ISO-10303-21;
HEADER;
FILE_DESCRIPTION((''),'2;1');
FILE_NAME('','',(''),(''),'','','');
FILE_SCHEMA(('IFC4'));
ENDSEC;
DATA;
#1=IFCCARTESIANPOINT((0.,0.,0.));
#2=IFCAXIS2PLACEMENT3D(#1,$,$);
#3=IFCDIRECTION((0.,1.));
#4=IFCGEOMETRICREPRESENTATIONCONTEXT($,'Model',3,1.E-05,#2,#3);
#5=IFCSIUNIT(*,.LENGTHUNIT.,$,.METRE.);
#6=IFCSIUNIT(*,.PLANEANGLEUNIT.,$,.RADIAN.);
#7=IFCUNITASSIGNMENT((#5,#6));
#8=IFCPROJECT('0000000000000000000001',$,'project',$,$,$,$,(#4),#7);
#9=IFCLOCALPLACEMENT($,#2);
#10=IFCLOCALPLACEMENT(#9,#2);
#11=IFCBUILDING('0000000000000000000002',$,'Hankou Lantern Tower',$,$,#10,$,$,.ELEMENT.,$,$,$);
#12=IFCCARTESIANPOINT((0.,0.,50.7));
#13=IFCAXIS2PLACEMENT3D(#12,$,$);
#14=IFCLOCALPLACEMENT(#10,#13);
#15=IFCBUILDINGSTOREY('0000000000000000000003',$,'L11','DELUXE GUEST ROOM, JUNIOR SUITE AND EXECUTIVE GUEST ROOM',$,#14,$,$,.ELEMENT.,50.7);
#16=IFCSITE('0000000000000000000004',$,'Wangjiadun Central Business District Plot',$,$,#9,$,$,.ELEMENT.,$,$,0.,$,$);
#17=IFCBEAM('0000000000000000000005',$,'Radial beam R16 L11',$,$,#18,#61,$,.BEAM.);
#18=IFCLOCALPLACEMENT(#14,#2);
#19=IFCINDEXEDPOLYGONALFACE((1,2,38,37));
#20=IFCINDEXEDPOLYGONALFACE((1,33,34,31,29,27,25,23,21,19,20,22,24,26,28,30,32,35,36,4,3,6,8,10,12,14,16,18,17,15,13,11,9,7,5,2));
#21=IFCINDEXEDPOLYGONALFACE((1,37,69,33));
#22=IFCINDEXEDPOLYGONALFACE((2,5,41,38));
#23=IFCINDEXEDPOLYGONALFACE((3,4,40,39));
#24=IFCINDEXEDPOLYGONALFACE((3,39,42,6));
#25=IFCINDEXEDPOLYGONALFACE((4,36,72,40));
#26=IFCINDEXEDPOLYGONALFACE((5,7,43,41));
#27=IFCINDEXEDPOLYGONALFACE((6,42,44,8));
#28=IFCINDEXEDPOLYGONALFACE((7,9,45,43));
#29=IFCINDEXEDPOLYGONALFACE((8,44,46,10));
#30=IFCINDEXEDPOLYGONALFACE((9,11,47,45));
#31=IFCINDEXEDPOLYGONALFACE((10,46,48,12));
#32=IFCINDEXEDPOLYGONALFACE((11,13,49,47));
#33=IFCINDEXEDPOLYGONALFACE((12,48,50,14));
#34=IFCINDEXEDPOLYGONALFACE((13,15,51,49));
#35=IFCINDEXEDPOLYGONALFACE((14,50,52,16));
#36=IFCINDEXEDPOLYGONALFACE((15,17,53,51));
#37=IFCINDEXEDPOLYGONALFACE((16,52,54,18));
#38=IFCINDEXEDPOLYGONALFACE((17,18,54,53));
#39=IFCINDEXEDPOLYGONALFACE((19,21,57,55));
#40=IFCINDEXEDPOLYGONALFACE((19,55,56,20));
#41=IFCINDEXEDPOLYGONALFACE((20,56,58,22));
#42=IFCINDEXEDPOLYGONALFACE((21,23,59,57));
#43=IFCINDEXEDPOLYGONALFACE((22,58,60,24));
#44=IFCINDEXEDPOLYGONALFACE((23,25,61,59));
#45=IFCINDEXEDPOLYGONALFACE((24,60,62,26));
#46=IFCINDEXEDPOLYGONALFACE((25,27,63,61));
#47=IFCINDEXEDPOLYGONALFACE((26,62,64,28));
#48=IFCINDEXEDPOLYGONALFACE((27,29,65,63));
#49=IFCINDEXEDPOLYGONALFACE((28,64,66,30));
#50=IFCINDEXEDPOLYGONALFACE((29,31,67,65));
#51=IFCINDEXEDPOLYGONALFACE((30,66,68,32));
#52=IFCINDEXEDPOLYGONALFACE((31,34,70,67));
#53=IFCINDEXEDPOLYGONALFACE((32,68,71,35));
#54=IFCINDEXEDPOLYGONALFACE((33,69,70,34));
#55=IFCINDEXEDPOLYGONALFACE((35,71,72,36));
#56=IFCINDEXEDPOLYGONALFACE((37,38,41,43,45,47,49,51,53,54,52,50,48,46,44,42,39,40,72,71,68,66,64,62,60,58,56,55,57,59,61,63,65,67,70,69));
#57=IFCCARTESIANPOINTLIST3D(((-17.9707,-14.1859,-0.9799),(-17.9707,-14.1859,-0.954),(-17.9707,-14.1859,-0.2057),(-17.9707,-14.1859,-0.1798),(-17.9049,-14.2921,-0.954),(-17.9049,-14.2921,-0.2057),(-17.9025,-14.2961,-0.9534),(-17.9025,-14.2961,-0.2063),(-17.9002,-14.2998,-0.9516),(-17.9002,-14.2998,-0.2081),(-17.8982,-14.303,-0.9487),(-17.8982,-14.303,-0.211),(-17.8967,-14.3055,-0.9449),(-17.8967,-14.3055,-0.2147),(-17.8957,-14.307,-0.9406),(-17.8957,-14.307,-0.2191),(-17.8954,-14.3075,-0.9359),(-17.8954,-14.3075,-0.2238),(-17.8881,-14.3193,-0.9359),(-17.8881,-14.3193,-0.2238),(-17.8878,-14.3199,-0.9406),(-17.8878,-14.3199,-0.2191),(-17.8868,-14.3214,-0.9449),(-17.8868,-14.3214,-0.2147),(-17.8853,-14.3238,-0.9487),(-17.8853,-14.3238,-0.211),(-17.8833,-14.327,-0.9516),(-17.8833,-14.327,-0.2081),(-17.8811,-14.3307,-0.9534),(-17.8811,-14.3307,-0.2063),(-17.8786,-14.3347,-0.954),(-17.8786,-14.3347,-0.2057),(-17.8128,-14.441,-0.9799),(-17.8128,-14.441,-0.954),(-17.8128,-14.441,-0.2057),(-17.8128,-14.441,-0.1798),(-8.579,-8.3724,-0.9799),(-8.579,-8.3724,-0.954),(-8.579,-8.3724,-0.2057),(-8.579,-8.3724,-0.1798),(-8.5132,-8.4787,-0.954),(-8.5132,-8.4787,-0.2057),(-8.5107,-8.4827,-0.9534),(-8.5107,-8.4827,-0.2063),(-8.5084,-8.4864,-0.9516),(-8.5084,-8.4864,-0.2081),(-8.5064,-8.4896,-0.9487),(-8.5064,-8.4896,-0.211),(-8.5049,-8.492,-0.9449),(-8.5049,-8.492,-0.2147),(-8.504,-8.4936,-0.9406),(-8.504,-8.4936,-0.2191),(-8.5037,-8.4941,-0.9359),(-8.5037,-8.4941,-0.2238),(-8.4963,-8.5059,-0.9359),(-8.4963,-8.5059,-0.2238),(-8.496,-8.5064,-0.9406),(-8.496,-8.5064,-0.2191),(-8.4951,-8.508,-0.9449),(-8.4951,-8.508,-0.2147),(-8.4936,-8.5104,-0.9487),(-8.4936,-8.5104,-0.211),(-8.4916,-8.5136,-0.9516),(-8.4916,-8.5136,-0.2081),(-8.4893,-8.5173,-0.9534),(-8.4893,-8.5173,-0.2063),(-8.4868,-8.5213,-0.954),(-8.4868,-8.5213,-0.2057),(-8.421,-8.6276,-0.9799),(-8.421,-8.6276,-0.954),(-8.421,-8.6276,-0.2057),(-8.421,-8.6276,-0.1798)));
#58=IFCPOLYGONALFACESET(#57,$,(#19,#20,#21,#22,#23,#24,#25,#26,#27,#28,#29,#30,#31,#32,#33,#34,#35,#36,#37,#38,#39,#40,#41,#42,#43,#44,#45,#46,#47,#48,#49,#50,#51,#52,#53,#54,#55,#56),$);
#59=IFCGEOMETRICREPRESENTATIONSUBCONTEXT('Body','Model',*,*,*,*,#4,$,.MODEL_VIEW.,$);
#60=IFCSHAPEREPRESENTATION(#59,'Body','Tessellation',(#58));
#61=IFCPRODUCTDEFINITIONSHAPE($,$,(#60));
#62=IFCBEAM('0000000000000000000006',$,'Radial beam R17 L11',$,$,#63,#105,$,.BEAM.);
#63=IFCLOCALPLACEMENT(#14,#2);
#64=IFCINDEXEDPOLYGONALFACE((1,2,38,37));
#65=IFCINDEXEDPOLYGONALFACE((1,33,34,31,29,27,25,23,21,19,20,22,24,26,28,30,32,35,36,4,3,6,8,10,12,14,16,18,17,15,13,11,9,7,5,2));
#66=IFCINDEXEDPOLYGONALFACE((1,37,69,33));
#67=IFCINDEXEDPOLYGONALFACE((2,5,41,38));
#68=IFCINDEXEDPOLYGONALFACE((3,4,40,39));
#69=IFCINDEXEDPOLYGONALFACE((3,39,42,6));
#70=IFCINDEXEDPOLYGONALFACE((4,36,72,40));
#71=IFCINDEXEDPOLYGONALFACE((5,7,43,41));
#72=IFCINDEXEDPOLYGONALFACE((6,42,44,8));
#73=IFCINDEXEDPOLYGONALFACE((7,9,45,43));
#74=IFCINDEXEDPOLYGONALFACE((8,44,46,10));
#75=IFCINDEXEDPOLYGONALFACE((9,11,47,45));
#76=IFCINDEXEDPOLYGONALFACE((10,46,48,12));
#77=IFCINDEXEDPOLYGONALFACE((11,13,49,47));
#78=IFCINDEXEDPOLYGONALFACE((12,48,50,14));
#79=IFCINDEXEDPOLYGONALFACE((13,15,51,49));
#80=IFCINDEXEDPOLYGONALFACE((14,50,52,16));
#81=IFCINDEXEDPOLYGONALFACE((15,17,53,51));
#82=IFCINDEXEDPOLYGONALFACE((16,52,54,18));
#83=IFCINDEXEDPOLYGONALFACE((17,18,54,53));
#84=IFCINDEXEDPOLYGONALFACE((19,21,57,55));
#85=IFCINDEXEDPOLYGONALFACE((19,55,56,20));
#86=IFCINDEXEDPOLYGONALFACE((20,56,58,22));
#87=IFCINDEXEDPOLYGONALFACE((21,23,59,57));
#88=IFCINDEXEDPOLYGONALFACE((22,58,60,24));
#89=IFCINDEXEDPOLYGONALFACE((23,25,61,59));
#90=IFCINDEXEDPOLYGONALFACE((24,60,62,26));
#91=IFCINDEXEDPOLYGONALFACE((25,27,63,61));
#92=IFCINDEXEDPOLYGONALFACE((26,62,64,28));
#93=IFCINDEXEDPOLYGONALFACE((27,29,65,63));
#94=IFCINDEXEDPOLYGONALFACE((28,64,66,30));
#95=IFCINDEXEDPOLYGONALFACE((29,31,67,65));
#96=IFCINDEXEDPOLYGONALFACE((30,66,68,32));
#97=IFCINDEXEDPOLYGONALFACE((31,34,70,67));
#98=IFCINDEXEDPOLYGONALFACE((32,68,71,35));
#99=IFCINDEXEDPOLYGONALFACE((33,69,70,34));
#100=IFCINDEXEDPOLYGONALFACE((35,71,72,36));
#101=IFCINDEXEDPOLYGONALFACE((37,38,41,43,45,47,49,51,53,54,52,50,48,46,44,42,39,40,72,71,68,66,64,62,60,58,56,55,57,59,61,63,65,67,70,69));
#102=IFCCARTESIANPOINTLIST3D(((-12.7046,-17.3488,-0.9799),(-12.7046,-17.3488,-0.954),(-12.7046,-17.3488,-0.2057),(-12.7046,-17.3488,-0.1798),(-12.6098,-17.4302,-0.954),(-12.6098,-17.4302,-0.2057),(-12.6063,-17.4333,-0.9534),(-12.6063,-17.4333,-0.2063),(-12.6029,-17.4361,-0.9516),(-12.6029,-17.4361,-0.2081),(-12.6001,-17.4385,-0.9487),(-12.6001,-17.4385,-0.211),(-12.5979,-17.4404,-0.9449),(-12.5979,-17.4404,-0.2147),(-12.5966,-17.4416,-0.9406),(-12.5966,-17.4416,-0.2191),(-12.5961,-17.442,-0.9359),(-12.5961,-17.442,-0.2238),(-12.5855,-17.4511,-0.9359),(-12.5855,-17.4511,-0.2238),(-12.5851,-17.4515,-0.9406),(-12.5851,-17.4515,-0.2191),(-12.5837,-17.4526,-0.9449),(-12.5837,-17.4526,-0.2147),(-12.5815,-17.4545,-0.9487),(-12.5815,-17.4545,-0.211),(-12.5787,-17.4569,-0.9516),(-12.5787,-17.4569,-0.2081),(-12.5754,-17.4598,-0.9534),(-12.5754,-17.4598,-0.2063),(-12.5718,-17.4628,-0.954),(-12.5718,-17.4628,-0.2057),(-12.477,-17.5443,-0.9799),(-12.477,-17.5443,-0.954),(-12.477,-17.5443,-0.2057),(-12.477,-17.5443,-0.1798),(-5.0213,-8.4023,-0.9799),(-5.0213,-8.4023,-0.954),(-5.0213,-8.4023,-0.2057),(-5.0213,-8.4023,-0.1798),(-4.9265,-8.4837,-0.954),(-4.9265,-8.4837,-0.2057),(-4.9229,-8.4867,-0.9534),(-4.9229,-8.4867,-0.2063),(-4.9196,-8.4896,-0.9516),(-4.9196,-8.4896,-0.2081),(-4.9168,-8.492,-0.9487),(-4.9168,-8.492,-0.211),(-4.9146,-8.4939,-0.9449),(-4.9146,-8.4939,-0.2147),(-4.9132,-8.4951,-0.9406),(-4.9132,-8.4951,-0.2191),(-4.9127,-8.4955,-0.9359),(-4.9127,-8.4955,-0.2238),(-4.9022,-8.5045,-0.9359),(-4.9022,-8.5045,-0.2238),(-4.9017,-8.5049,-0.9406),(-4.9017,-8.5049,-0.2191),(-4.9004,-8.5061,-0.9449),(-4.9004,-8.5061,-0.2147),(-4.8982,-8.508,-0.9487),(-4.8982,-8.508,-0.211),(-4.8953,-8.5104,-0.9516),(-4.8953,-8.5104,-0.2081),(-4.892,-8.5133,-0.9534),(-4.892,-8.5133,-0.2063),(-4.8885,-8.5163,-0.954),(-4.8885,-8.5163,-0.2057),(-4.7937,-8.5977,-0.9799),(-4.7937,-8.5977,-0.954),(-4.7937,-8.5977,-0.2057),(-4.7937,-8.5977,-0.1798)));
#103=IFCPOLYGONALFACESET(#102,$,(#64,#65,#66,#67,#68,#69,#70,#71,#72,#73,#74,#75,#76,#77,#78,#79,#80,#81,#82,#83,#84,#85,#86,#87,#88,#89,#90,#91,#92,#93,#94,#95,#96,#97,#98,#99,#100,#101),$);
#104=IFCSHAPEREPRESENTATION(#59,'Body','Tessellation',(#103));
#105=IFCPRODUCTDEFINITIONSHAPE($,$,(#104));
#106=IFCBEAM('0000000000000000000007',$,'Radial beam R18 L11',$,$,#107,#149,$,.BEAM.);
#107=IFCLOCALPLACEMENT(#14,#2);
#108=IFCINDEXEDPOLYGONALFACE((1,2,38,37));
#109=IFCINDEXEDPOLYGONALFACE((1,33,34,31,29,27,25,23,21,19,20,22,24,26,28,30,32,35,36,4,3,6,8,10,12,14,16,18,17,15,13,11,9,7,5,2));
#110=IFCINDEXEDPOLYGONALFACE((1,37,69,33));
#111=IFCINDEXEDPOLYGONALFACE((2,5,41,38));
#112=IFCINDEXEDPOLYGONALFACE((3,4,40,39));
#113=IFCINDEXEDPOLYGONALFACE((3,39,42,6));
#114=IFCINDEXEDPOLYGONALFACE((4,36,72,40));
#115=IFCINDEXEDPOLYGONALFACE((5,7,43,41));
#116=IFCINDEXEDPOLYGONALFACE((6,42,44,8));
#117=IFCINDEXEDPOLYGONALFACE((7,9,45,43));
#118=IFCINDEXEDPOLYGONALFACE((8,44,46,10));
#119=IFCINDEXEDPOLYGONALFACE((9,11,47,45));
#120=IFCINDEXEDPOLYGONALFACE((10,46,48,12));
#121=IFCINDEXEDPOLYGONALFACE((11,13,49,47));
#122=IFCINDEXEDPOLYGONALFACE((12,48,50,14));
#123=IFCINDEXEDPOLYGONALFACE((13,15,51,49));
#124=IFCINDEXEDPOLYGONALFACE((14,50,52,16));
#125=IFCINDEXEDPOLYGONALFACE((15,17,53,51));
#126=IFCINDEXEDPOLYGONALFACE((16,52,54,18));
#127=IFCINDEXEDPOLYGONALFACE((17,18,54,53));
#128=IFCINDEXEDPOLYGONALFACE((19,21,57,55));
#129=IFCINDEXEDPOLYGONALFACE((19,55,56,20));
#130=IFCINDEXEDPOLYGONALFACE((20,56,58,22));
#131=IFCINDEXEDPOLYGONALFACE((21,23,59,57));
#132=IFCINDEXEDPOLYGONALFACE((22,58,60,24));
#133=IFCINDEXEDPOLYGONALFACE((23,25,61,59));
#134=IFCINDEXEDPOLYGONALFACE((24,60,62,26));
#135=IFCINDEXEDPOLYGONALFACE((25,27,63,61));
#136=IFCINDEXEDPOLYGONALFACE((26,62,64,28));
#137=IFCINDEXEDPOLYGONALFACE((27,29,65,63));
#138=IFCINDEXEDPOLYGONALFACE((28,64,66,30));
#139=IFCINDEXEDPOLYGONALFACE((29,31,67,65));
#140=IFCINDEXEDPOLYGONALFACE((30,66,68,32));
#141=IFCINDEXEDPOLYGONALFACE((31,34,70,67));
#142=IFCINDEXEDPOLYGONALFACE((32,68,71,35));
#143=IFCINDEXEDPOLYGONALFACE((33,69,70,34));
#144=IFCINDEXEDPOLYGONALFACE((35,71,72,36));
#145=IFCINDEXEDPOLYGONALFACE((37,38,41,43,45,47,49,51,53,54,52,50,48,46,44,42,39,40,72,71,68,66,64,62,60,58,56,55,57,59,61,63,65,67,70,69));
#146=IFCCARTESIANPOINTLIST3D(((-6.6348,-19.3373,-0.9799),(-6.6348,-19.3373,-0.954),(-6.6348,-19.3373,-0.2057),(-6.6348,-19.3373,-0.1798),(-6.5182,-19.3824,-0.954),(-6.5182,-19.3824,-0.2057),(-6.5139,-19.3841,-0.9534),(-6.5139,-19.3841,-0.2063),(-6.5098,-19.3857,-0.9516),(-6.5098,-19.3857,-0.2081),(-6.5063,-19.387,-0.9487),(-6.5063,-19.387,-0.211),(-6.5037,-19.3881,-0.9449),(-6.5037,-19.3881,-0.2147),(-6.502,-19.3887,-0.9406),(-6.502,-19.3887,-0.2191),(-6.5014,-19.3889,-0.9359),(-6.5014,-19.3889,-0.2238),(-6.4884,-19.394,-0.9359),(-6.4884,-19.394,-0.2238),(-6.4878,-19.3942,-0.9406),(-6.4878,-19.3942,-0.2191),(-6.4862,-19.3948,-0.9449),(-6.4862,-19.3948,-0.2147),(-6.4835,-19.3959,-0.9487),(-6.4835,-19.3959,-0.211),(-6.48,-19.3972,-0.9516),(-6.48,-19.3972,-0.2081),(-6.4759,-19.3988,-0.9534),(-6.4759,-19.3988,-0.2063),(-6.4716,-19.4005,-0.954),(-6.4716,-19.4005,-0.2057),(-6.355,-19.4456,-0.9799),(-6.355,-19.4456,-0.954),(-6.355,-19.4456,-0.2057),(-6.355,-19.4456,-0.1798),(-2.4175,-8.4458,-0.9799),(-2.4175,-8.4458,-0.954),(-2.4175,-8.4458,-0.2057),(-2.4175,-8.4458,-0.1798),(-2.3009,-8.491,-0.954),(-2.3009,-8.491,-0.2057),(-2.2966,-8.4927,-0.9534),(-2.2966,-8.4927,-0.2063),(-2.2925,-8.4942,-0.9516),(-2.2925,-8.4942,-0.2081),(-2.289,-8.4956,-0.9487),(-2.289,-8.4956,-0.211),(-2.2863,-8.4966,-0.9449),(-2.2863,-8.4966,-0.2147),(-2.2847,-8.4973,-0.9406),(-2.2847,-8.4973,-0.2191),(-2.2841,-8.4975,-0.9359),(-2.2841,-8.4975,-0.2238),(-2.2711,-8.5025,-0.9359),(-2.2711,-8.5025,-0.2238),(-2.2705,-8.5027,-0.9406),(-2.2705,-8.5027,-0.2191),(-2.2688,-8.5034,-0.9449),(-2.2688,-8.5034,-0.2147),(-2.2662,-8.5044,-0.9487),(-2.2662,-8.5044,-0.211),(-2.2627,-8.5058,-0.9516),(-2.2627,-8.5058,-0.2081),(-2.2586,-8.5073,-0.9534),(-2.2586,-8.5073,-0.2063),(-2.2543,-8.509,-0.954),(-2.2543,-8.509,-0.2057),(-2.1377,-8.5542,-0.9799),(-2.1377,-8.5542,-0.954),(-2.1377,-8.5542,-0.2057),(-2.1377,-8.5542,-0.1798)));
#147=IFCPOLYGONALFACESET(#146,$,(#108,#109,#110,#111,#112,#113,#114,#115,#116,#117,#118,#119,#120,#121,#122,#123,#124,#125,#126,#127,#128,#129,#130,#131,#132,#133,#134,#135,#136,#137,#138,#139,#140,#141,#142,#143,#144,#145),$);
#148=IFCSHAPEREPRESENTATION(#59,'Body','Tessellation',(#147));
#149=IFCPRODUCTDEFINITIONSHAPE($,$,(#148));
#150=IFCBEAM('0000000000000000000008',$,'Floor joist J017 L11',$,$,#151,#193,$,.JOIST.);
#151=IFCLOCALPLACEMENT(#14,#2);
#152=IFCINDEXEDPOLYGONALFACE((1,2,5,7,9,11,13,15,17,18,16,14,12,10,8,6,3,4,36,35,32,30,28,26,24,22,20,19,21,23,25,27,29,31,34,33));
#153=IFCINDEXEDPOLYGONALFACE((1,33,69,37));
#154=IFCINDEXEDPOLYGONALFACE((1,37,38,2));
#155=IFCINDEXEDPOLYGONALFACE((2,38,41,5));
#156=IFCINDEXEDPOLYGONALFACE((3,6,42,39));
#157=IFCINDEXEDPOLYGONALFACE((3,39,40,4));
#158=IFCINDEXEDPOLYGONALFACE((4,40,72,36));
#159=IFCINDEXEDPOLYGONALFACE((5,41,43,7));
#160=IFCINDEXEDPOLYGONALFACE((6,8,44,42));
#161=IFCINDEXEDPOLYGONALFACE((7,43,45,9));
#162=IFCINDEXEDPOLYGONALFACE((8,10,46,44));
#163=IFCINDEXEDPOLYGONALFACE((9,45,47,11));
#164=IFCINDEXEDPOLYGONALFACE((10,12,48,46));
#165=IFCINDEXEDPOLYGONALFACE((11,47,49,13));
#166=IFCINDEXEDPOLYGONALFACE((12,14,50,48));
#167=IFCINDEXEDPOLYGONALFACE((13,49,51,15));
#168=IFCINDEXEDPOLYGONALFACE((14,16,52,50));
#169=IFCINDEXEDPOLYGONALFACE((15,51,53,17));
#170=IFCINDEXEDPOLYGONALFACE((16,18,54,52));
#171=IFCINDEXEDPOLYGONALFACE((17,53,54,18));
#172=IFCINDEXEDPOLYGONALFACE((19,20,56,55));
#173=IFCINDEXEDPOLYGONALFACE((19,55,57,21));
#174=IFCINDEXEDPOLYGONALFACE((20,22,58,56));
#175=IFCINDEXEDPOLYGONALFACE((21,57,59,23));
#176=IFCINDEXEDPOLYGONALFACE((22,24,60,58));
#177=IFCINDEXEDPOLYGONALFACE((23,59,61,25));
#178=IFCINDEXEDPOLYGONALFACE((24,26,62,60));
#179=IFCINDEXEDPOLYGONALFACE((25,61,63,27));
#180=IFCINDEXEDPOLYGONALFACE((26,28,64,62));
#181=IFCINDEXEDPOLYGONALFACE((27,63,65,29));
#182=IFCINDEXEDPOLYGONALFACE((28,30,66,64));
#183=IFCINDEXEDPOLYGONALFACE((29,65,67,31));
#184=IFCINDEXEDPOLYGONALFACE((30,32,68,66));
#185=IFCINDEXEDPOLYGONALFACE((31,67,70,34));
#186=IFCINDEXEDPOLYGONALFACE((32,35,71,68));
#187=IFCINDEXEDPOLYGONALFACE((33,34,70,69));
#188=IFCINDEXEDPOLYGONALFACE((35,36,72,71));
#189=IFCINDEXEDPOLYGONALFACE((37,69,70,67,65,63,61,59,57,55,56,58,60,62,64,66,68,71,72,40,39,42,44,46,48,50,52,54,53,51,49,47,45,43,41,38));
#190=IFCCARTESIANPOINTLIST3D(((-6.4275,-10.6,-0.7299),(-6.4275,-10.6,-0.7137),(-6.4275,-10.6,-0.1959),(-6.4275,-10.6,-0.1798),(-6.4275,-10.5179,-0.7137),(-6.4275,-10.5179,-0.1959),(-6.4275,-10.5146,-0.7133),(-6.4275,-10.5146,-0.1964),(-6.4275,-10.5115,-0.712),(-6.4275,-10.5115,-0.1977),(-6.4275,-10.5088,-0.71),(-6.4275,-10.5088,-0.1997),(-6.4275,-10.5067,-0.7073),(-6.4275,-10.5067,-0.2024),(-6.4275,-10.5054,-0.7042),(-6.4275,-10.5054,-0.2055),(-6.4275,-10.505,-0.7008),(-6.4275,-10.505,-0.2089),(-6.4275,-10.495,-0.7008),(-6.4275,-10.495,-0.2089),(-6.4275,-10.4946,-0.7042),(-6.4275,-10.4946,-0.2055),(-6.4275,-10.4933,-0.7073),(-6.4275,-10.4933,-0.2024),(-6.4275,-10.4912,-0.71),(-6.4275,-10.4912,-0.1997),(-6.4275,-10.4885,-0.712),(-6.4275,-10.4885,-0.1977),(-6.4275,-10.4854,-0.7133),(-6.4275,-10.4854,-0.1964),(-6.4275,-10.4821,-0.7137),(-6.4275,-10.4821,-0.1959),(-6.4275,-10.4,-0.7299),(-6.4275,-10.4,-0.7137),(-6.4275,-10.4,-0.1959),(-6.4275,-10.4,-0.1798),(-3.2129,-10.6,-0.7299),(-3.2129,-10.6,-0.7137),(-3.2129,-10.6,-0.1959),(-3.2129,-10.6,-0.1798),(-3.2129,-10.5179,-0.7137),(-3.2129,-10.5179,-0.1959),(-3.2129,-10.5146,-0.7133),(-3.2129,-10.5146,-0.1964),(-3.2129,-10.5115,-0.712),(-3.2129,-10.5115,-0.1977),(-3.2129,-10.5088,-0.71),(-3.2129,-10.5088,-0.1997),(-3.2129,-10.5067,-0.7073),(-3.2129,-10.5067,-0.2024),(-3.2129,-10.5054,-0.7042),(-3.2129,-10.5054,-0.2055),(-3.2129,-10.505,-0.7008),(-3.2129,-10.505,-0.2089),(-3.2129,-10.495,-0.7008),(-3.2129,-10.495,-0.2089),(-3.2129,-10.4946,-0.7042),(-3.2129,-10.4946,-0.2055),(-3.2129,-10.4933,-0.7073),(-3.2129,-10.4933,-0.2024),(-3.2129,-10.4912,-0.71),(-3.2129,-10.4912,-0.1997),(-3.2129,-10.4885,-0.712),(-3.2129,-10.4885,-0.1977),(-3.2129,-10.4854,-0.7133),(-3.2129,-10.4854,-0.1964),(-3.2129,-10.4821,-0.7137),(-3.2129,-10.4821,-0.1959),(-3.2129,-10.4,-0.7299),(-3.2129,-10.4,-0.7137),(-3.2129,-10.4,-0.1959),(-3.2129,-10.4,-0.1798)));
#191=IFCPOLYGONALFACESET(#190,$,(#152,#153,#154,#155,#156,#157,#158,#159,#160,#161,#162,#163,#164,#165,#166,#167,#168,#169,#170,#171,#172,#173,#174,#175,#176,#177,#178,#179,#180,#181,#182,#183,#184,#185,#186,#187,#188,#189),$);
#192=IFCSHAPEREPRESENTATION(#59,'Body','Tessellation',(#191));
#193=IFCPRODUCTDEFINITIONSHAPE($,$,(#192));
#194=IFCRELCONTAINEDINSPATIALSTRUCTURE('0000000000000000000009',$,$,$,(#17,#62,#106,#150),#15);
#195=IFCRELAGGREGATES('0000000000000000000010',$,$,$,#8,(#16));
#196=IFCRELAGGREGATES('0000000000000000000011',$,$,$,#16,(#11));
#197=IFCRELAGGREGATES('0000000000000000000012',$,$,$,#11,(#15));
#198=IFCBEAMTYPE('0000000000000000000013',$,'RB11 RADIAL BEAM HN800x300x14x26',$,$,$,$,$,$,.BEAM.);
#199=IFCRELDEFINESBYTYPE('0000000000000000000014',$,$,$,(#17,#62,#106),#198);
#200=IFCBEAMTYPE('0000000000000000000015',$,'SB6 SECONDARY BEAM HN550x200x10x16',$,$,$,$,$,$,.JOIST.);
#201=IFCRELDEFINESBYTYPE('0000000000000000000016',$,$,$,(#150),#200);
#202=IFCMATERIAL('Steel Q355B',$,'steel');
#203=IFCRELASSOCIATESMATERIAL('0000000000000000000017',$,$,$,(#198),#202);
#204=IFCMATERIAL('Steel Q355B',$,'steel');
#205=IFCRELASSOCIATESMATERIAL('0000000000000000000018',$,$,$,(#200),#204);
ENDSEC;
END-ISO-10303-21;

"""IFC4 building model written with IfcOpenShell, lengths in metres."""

from ifc_helpers import new_model, si_unit, direction, frame, origin, origin_2d, place, context, subcontext, project, spatial, i_section, extrude, material, material_profile, profile_set, type_object, element, save


model = new_model("IFC4")

# Units and contexts
model_context = context("Model", 3, precision=1e-05, world=origin(), true_north=direction((0.0, 1.0)))
body_context = subcontext(model_context, "Body", "Model", "MODEL_VIEW")
ifc_project = project(units=[si_unit("LENGTHUNIT", "METRE"), si_unit("PLANEANGLEUNIT", "RADIAN")], contexts=[model_context])

# Site, building, storey
site_placement = place(None, origin())
site = spatial("IfcSite", under=ifc_project, at=site_placement, Name="Wangjiadun Central Business District Plot", CompositionType="ELEMENT", RefElevation=0.0)
building_placement = place(site_placement, origin())
building = spatial("IfcBuilding", under=site, at=building_placement, Name="Hankou Lantern Tower", CompositionType="ELEMENT")
storey_placement = place(building_placement, frame((0.0, 0.0, 50.7)))
storey = spatial("IfcBuildingStorey", under=building, at=storey_placement, Name="L11", Description="DELUXE GUEST ROOM, JUNIOR SUITE AND EXECUTIVE GUEST ROOM", CompositionType="ELEMENT", Elevation=50.7)

# Beams
ifc_material_1 = material(Name="Steel Q355B", Category="steel")
ifc_material_profile_1 = material_profile(ifc_material_1, i_section(OverallWidth=0.3, OverallDepth=0.8, WebThickness=0.0139, FlangeThickness=0.0259, FilletRadius=0.0181, at=origin_2d()), Name="HN800x300x14x26")
ifc_profile_set_1 = profile_set([ifc_material_profile_1], Name="Steel Q355B")
beam_type_1 = type_object("IfcBeamType", Name="RB11 RADIAL BEAM HN800x300x14x26", PredefinedType="BEAM", material=ifc_profile_set_1)
beam_1_placement = place(storey_placement, frame((-8.5, -8.5, -0.5798), z_axis=(-0.850286, -0.52632, 0.0), x_axis=(0.52632, -0.850286, 0.0)))
element("IfcBeam", 1, at=beam_1_placement, inside=storey, type_object=beam_type_1, Name="Radial beam R16 L11", PredefinedType="BEAM", context=body_context, shape_type="SweptSolid", body=[
    extrude(i_section(OverallWidth=0.3, OverallDepth=0.8, WebThickness=0.0139, FlangeThickness=0.0259, FilletRadius=0.0181, at=origin_2d()), origin(), (0.0, 0.0, 1.0), 11.0454),
])
beam_2_placement = place(storey_placement, frame((-4.9075, -8.5, -0.5798), z_axis=(-0.651519, -0.758632, 0.0), x_axis=(0.758632, -0.651519, 0.0)))
element("IfcBeam", 2, at=beam_2_placement, inside=storey, type_object=beam_type_1, Name="Radial beam R17 L11", PredefinedType="BEAM", context=body_context, shape_type="SweptSolid", body=[
    extrude(i_section(OverallWidth=0.3, OverallDepth=0.8, WebThickness=0.0139, FlangeThickness=0.0259, FilletRadius=0.0181, at=origin_2d()), origin(), (0.0, 0.0, 1.0), 11.793),
])
beam_3_placement = place(storey_placement, frame((-2.2776, -8.5, -0.5798), z_axis=(-0.361089, -0.932531, 0.0), x_axis=(0.932531, -0.361089, 0.0)))
element("IfcBeam", 3, at=beam_3_placement, inside=storey, type_object=beam_type_1, Name="Radial beam R18 L11", PredefinedType="BEAM", context=body_context, shape_type="SweptSolid", body=[
    extrude(i_section(OverallWidth=0.3, OverallDepth=0.8, WebThickness=0.0139, FlangeThickness=0.0259, FilletRadius=0.0181, at=origin_2d()), origin(), (0.0, 0.0, 1.0), 11.6794),
])
ifc_material_2 = material(Name="Steel Q355B", Category="steel")
ifc_material_profile_2 = material_profile(ifc_material_2, i_section(OverallWidth=0.2, OverallDepth=0.55, WebThickness=0.01, FlangeThickness=0.0161, FilletRadius=0.0129, at=origin_2d()), Name="HN550x200x10x16")
ifc_profile_set_2 = profile_set([ifc_material_profile_2], Name="Steel Q355B")
beam_type_2 = type_object("IfcBeamType", Name="SB6 SECONDARY BEAM HN550x200x10x16", PredefinedType="JOIST", material=ifc_profile_set_2)
beam_4_placement = place(storey_placement, frame((-6.4275, -10.5, -0.4548), z_axis=(1.0, 0.0, 0.0), x_axis=(0.0, 1.0, 0.0)))
element("IfcBeam", 4, at=beam_4_placement, inside=storey, type_object=beam_type_2, Name="Floor joist J017 L11", PredefinedType="JOIST", context=body_context, shape_type="SweptSolid", body=[
    extrude(i_section(OverallWidth=0.2, OverallDepth=0.55, WebThickness=0.01, FlangeThickness=0.0161, FilletRadius=0.0129, at=origin_2d()), origin(), (0.0, 0.0, 1.0), 3.2146),
])

save(model, "model.ifc")
